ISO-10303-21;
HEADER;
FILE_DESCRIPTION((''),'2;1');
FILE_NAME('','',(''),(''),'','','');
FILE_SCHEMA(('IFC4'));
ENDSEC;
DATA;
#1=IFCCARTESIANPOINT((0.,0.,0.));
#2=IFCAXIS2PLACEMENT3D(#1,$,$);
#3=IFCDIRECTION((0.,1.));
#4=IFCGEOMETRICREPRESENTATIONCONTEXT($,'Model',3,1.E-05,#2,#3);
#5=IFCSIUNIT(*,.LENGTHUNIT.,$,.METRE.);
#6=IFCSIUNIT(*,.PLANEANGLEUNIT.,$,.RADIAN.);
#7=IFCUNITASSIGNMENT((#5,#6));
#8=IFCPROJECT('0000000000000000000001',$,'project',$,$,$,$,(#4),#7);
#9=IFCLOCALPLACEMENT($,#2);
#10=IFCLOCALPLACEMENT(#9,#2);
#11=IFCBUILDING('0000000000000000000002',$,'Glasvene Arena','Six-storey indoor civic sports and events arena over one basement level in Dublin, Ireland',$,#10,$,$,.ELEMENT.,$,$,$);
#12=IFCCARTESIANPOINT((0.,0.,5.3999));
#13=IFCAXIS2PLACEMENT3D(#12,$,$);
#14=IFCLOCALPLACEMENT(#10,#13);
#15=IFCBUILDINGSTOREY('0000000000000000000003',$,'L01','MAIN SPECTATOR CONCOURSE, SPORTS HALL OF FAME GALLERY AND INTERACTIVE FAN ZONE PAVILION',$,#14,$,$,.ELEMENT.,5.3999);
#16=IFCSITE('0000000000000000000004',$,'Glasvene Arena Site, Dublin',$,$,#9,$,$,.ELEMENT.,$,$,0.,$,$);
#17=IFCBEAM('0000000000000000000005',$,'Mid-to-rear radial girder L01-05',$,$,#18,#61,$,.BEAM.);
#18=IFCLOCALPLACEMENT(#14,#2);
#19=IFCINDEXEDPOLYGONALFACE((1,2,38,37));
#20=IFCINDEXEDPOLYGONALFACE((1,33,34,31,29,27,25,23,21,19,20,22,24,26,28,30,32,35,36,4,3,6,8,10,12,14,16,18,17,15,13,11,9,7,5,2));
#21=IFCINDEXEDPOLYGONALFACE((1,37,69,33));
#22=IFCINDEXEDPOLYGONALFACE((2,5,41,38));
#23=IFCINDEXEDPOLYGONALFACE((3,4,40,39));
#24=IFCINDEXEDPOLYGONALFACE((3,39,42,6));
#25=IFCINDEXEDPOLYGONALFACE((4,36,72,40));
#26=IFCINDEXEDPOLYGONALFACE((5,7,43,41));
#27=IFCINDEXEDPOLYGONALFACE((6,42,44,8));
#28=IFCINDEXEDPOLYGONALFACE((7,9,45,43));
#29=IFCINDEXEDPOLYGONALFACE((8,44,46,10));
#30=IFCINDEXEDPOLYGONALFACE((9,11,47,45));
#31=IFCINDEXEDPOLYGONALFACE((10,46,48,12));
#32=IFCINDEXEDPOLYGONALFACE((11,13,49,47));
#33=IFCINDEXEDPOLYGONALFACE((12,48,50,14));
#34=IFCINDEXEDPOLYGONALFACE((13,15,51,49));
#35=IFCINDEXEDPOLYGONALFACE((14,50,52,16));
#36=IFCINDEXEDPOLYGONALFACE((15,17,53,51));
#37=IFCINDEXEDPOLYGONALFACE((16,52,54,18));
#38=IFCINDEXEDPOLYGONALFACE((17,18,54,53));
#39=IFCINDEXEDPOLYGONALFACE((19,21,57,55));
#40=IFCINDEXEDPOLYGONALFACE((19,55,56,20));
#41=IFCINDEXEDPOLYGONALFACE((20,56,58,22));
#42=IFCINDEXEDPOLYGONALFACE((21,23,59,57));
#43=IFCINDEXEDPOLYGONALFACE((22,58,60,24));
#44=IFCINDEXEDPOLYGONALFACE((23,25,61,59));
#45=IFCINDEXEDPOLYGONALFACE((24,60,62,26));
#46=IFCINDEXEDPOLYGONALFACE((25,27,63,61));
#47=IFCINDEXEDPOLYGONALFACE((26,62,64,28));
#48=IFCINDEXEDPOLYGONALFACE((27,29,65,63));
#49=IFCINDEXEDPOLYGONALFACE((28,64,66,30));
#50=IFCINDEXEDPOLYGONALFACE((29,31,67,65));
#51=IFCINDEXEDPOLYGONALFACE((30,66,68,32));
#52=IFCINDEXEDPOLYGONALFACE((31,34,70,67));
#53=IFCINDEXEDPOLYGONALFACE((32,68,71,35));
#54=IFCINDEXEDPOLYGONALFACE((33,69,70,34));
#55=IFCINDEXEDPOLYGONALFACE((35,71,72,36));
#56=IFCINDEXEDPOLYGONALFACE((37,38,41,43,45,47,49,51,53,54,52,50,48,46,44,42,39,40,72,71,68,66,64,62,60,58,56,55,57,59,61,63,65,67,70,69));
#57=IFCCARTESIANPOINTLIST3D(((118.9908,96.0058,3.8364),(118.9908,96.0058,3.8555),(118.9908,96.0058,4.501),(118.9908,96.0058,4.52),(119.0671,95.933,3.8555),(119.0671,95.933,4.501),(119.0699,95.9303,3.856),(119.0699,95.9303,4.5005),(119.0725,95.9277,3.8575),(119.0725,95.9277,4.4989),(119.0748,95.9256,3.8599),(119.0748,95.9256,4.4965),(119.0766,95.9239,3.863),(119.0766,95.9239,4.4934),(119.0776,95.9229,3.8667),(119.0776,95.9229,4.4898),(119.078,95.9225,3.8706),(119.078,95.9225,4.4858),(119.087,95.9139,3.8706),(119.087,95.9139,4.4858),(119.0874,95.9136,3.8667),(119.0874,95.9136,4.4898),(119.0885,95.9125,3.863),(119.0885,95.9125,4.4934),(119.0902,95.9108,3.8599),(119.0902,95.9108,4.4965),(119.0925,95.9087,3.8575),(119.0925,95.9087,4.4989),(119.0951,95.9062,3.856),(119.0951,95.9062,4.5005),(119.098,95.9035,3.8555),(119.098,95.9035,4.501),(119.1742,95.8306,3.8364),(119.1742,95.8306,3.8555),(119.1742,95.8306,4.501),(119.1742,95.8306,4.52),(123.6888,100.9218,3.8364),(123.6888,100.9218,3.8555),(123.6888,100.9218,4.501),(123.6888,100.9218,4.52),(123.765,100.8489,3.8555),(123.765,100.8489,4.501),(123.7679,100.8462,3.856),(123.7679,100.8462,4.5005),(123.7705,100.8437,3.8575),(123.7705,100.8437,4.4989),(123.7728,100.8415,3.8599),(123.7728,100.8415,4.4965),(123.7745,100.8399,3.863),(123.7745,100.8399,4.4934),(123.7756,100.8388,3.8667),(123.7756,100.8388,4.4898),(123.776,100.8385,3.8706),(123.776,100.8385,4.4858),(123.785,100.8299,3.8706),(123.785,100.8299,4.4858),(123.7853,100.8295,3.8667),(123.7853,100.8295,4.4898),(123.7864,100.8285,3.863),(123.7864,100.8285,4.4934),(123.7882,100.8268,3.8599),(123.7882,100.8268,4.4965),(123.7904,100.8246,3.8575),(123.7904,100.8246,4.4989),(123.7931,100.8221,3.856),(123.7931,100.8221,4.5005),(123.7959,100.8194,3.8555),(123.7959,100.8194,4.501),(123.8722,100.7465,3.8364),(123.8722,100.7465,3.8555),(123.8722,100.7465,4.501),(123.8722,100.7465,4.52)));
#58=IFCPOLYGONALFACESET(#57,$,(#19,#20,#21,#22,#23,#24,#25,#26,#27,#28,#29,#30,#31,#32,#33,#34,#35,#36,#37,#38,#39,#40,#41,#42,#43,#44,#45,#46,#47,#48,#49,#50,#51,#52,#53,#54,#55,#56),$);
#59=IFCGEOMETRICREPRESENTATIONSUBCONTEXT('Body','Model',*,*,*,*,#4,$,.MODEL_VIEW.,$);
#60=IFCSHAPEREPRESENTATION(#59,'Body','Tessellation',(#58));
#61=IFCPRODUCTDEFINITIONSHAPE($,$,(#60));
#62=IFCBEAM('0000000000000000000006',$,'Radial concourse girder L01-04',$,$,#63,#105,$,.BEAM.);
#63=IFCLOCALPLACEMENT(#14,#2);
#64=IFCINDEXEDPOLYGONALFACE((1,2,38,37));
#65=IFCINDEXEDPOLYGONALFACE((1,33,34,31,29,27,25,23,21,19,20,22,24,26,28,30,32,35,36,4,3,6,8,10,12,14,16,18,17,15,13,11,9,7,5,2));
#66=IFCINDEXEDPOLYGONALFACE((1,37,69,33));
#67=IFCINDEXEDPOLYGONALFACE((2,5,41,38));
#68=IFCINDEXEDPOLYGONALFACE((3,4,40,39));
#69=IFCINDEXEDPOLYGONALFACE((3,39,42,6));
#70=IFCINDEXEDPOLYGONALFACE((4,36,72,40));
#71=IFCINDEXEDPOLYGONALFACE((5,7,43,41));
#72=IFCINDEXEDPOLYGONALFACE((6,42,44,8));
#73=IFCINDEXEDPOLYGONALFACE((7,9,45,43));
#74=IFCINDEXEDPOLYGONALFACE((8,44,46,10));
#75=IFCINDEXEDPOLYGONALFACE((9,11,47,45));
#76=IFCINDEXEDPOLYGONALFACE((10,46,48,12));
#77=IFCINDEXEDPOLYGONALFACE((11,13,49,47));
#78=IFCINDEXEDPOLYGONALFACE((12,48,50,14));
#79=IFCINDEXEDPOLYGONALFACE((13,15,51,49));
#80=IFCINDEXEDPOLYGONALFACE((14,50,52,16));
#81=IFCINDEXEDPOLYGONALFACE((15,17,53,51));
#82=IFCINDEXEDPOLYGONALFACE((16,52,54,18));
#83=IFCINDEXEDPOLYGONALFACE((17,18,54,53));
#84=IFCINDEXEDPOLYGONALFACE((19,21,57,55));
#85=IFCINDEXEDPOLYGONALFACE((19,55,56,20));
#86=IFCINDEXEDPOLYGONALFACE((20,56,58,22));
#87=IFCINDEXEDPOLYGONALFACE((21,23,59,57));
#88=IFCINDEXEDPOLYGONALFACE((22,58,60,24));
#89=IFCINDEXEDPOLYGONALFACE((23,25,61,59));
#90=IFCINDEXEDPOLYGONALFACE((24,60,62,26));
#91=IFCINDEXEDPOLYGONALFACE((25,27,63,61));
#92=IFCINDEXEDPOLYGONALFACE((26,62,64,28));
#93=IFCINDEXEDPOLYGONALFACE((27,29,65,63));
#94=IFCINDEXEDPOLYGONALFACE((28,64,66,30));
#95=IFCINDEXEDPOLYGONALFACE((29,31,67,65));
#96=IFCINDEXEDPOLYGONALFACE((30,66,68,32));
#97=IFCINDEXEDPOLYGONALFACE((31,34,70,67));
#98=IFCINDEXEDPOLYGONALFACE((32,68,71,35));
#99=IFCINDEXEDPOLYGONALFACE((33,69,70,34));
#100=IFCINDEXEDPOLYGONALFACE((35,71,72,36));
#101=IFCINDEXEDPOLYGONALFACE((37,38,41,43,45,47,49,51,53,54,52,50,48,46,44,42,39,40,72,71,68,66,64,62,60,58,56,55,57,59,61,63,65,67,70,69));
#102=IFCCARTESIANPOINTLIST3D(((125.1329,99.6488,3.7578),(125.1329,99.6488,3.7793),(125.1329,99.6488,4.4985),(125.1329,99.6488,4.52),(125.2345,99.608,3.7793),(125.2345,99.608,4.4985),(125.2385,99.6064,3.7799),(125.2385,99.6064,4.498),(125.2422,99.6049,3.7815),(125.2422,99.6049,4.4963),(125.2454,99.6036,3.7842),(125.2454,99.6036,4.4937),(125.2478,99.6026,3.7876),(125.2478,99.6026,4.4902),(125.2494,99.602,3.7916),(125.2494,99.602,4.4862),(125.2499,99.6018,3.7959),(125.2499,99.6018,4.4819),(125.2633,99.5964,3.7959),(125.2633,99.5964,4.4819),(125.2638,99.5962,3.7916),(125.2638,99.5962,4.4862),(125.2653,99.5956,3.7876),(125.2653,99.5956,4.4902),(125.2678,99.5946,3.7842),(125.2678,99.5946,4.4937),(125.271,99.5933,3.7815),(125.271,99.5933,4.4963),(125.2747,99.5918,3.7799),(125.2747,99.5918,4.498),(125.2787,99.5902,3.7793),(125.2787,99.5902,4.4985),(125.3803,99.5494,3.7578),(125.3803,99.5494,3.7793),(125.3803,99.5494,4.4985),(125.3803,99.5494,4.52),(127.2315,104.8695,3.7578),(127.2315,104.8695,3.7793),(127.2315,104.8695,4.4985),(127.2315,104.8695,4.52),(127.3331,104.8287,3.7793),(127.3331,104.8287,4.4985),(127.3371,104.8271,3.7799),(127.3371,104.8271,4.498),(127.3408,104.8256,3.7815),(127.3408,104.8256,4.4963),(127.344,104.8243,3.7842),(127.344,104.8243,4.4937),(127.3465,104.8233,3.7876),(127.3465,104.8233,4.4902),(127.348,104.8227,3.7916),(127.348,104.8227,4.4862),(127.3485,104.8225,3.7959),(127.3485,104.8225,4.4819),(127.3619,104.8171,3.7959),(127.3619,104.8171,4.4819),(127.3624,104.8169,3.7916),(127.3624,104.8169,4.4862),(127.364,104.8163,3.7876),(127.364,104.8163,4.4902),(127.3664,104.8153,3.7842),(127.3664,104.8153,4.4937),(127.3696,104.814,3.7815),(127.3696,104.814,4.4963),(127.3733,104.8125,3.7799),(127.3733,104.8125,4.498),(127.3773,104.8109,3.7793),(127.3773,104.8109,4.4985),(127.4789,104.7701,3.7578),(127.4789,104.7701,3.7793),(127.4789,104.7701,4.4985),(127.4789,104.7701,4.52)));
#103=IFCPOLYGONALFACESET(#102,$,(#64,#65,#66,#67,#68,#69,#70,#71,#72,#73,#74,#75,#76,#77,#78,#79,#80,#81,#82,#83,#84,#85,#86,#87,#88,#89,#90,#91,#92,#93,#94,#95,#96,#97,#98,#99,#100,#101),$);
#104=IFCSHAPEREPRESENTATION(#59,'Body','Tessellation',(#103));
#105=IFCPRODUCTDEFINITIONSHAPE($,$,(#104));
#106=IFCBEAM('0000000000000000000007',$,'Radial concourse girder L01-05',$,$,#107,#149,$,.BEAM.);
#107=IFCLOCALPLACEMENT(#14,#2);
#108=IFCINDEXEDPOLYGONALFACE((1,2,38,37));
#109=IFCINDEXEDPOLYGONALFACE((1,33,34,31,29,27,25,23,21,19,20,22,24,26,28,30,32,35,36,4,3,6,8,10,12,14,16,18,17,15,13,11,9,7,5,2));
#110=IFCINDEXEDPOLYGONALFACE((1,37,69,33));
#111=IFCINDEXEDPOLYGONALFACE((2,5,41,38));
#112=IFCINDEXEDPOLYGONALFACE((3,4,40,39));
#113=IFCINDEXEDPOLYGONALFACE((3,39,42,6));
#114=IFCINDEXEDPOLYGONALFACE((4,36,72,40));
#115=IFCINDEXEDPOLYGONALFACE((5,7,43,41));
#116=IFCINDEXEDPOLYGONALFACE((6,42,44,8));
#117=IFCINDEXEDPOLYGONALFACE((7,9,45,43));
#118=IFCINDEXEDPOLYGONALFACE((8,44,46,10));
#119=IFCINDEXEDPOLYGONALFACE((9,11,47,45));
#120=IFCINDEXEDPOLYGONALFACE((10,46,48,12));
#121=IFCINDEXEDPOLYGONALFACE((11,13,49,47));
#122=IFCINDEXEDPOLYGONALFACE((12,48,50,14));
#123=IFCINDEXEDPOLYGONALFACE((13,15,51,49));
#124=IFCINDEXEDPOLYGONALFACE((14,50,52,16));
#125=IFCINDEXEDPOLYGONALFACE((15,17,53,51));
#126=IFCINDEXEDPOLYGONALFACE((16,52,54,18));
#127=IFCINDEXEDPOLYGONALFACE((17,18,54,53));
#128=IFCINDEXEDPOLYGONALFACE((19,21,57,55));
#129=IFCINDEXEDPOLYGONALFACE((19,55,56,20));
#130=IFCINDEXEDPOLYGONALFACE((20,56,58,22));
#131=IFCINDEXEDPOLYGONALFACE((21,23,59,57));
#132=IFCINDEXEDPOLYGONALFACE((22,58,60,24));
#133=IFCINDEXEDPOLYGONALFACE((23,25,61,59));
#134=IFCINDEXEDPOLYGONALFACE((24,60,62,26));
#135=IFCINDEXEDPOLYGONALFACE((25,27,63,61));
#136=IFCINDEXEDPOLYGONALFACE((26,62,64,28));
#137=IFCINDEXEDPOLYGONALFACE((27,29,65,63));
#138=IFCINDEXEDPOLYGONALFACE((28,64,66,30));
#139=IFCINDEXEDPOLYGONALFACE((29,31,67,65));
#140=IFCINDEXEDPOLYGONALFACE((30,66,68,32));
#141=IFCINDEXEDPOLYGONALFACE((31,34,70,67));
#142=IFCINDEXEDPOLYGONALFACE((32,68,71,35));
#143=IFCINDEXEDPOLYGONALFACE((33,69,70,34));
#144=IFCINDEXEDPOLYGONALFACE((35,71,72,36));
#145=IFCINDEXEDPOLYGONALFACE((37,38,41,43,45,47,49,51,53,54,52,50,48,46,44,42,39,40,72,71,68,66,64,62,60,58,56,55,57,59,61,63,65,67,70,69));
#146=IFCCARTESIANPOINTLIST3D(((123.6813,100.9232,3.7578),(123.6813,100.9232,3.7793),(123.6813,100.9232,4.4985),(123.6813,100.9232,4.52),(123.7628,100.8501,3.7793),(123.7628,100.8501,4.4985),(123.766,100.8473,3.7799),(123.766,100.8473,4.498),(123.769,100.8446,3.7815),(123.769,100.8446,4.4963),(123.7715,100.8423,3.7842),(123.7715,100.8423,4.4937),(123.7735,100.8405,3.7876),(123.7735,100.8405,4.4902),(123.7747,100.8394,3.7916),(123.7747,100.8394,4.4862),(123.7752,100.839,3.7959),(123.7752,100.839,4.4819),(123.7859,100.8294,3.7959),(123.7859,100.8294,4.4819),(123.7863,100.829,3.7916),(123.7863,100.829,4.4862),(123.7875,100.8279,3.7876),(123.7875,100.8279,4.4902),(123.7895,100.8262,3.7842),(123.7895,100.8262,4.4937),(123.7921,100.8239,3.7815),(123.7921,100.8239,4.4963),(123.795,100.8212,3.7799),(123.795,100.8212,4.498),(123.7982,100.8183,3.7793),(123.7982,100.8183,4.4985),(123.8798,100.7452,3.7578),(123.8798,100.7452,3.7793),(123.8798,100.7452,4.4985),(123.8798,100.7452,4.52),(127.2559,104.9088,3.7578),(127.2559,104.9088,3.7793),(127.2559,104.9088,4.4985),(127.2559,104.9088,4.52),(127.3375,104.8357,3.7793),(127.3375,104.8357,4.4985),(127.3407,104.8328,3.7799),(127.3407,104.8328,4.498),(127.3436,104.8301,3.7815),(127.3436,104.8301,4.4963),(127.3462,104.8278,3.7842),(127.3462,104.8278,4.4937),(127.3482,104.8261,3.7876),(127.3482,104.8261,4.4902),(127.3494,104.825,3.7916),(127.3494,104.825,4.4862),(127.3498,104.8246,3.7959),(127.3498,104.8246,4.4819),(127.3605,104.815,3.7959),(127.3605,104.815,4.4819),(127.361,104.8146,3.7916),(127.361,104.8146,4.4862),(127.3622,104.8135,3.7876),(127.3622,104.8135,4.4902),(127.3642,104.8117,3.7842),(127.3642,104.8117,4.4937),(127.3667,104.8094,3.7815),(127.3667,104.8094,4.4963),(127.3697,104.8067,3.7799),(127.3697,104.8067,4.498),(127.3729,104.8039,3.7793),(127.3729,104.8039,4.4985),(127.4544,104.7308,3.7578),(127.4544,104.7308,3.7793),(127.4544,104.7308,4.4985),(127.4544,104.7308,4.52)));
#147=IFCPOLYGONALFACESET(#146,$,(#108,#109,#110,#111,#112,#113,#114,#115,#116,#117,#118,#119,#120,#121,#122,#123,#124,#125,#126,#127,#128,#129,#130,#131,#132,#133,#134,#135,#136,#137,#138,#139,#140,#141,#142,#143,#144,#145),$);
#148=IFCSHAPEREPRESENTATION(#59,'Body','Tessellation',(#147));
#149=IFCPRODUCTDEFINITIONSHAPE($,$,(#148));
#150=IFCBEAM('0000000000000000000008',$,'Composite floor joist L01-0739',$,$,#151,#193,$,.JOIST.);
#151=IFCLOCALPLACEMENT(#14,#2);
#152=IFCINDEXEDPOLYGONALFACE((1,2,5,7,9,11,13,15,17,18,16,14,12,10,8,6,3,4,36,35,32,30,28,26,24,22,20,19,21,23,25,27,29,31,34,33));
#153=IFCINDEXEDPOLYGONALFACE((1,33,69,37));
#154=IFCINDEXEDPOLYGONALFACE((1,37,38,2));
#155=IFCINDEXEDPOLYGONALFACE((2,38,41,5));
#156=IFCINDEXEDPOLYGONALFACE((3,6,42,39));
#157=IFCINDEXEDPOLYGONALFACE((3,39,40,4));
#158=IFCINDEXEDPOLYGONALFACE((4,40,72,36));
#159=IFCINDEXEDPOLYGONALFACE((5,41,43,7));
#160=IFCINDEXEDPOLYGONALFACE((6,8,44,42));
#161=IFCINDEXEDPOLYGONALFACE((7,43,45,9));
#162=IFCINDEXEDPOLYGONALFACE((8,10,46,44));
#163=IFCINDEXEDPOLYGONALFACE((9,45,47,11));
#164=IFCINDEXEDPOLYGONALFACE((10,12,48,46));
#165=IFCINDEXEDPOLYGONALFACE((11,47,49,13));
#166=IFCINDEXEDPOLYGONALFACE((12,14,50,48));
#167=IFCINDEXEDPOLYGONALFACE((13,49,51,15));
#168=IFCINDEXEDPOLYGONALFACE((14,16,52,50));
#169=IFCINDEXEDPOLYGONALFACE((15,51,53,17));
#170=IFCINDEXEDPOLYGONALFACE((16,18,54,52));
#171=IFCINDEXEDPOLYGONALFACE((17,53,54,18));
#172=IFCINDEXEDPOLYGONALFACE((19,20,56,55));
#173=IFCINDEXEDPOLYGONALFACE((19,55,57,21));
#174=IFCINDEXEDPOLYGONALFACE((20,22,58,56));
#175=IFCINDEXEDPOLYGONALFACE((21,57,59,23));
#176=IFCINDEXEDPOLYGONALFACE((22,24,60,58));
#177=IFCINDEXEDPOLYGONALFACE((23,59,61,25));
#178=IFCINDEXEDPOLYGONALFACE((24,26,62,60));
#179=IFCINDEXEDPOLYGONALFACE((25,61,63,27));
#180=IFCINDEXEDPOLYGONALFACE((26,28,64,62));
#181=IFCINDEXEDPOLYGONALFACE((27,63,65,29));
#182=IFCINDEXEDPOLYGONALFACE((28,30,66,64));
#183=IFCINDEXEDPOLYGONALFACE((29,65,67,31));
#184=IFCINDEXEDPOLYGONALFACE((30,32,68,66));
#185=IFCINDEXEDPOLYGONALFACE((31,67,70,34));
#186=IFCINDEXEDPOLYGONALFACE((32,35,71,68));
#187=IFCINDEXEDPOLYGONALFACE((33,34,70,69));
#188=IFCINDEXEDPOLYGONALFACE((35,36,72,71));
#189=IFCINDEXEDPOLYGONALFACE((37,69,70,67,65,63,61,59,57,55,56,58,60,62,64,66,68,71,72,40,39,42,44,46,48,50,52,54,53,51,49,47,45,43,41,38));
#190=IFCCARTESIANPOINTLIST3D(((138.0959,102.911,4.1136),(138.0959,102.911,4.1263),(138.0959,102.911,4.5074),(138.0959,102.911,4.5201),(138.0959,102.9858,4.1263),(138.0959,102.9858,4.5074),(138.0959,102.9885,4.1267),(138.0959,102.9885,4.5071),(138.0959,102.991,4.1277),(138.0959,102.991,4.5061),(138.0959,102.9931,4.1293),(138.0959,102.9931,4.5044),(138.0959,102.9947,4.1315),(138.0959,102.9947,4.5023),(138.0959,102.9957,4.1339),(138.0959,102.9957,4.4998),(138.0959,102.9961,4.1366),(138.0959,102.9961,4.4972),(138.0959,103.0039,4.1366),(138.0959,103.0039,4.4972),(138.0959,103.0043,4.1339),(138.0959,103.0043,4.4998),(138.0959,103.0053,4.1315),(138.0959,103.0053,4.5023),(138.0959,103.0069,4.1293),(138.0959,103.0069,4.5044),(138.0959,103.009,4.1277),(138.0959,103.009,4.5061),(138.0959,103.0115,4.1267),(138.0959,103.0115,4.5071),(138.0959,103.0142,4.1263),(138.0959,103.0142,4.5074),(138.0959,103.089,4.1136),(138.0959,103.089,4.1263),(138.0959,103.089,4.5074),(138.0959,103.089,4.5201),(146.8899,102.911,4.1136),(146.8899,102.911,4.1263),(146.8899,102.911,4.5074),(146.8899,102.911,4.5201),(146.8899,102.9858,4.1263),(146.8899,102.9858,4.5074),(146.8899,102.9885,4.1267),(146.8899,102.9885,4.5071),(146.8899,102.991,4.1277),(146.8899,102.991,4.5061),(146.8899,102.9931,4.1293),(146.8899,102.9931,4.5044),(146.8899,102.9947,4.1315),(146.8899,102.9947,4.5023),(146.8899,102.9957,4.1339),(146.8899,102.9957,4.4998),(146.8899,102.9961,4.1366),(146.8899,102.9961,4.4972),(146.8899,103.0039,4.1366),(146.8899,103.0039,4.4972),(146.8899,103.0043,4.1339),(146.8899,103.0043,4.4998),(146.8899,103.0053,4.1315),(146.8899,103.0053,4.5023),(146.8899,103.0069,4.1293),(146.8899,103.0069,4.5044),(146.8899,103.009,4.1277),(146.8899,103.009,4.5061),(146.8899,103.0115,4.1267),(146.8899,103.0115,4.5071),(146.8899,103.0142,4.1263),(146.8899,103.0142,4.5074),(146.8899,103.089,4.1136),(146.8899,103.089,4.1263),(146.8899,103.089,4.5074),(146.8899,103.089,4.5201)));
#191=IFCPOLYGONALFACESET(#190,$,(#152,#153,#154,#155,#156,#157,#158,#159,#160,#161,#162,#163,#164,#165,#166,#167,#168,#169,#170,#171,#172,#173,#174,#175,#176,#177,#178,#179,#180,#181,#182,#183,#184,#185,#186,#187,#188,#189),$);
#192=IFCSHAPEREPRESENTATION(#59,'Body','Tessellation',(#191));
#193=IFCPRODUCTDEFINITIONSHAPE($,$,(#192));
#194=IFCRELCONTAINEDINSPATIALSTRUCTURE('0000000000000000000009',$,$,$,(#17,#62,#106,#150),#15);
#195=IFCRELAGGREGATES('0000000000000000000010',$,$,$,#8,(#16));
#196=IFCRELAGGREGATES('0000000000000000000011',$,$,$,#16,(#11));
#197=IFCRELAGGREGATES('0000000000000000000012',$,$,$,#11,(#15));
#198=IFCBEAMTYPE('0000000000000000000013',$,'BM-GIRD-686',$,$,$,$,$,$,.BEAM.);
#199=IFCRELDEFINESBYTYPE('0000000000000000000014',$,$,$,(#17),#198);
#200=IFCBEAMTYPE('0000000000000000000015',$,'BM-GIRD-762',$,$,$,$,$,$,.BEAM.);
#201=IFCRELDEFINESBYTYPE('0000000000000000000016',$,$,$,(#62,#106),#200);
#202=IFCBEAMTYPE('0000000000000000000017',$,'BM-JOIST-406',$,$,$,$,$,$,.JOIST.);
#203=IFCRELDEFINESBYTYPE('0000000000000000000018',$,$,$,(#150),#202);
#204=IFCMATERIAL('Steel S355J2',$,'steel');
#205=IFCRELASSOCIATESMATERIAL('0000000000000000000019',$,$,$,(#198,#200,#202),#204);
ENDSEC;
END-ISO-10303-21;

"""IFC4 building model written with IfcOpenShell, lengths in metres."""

from ifc_helpers import new_model, si_unit, direction, frame, origin, origin_2d, place, context, subcontext, project, spatial, i_section, extrude, material, material_profile, profile_set, type_object, element, save


model = new_model("IFC4")

# Units and contexts
model_context = context("Model", 3, precision=1e-05, world=origin(), true_north=direction((0.0, 1.0)))
body_context = subcontext(model_context, "Body", "Model", "MODEL_VIEW")
ifc_project = project(units=[si_unit("LENGTHUNIT", "METRE"), si_unit("PLANEANGLEUNIT", "RADIAN")], contexts=[model_context])

# Site, building, storey
site_placement = place(None, origin())
site = spatial("IfcSite", under=ifc_project, at=site_placement, Name="Glasvene Arena Site, Dublin", CompositionType="ELEMENT", RefElevation=0.0)
building_placement = place(site_placement, origin())
building = spatial("IfcBuilding", under=site, at=building_placement, Name="Glasvene Arena", Description="Six-storey indoor civic sports and events arena over one basement level in Dublin, Ireland", CompositionType="ELEMENT")
storey_placement = place(building_placement, frame((0.0, 0.0, 5.3999)))
storey = spatial("IfcBuildingStorey", under=building, at=storey_placement, Name="L01", Description="MAIN SPECTATOR CONCOURSE, SPORTS HALL OF FAME GALLERY AND INTERACTIVE FAN ZONE PAVILION", CompositionType="ELEMENT", Elevation=5.3999)

# Shared definitions
ifc_material_1 = material(Name="Steel S355J2", Category="steel")

# Beams
ifc_material_profile_1 = material_profile(ifc_material_1, i_section(OverallWidth=0.2537, OverallDepth=0.6836, WebThickness=0.0125, FlangeThickness=0.019, FilletRadius=0.0151, at=origin_2d()), Name="UKB 686x254x140")
ifc_profile_set_1 = profile_set([ifc_material_profile_1], Name="Steel S355J2")
beam_type_1 = type_object("IfcBeamType", Name="BM-GIRD-686", PredefinedType="BEAM", material=ifc_profile_set_1)
beam_1_placement = place(storey_placement, frame((119.0825, 95.9182, 4.1782), z_axis=(0.690894, 0.722956, 0.0), x_axis=(-0.722956, 0.690894, 0.0)))
element("IfcBeam", 1, at=beam_1_placement, inside=storey, type_object=beam_type_1, Name="Mid-to-rear radial girder L01-05", PredefinedType="BEAM", context=body_context, shape_type="SweptSolid", body=[
    extrude(i_section(OverallWidth=0.2537, OverallDepth=0.6836, WebThickness=0.0125, FlangeThickness=0.019, FilletRadius=0.0151, at=origin_2d()), origin(), (0.0, 0.0, 1.0), 6.7998),
])
ifc_material_profile_2 = material_profile(ifc_material_1, i_section(OverallWidth=0.2666, OverallDepth=0.7622, WebThickness=0.0144, FlangeThickness=0.0215, FilletRadius=0.0166, at=origin_2d()), Name="UKB 762x267x173")
ifc_profile_set_2 = profile_set([ifc_material_profile_2], Name="Steel S355J2")
beam_type_2 = type_object("IfcBeamType", Name="BM-GIRD-762", PredefinedType="BEAM", material=ifc_profile_set_2)
beam_2_placement = place(storey_placement, frame((125.2566, 99.5991, 4.1389), z_axis=(0.372976, 0.927841, 0.0), x_axis=(-0.927841, 0.372976, 0.0)))
element("IfcBeam", 2, at=beam_2_placement, inside=storey, type_object=beam_type_2, Name="Radial concourse girder L01-04", PredefinedType="BEAM", context=body_context, shape_type="SweptSolid", body=[
    extrude(i_section(OverallWidth=0.2666, OverallDepth=0.7622, WebThickness=0.0144, FlangeThickness=0.0215, FilletRadius=0.0166, at=origin_2d()), origin(), (0.0, 0.0, 1.0), 5.6267),
])
beam_3_placement = place(storey_placement, frame((123.7805, 100.8342, 4.1389), z_axis=(0.667691, 0.744438, 0.0), x_axis=(-0.744438, 0.667691, 0.0)))
element("IfcBeam", 3, at=beam_3_placement, inside=storey, type_object=beam_type_2, Name="Radial concourse girder L01-05", PredefinedType="BEAM", context=body_context, shape_type="SweptSolid", body=[
    extrude(i_section(OverallWidth=0.2666, OverallDepth=0.7622, WebThickness=0.0144, FlangeThickness=0.0215, FilletRadius=0.0166, at=origin_2d()), origin(), (0.0, 0.0, 1.0), 5.3538),
])
ifc_material_profile_3 = material_profile(ifc_material_1, i_section(OverallWidth=0.178, OverallDepth=0.4065, WebThickness=0.0078, FlangeThickness=0.0127, FilletRadius=0.0103, at=origin_2d()), Name="UKB 406x178x60")
ifc_profile_set_3 = profile_set([ifc_material_profile_3], Name="Steel S355J2")
beam_type_3 = type_object("IfcBeamType", Name="BM-JOIST-406", PredefinedType="JOIST", material=ifc_profile_set_3)
for number, where, z_axis, x_axis, name in (
    (4, (138.0959, 103.0, 4.3169), (1.0, 0.0, 0.0), (0.0, 1.0, 0.0), "Composite floor joist L01-0739"),
):
    element("IfcBeam", number, at=place(storey_placement, frame(where, z_axis=z_axis, x_axis=x_axis)), inside=storey, type_object=beam_type_3, Name=name, PredefinedType="JOIST", context=body_context, shape_type="SweptSolid", body=[
        extrude(i_section(OverallWidth=0.178, OverallDepth=0.4065, WebThickness=0.0078, FlangeThickness=0.0127, FilletRadius=0.0103, at=origin_2d()), origin(), (0.0, 0.0, 1.0), 8.7939),
    ])

save(model, "model.ifc")
